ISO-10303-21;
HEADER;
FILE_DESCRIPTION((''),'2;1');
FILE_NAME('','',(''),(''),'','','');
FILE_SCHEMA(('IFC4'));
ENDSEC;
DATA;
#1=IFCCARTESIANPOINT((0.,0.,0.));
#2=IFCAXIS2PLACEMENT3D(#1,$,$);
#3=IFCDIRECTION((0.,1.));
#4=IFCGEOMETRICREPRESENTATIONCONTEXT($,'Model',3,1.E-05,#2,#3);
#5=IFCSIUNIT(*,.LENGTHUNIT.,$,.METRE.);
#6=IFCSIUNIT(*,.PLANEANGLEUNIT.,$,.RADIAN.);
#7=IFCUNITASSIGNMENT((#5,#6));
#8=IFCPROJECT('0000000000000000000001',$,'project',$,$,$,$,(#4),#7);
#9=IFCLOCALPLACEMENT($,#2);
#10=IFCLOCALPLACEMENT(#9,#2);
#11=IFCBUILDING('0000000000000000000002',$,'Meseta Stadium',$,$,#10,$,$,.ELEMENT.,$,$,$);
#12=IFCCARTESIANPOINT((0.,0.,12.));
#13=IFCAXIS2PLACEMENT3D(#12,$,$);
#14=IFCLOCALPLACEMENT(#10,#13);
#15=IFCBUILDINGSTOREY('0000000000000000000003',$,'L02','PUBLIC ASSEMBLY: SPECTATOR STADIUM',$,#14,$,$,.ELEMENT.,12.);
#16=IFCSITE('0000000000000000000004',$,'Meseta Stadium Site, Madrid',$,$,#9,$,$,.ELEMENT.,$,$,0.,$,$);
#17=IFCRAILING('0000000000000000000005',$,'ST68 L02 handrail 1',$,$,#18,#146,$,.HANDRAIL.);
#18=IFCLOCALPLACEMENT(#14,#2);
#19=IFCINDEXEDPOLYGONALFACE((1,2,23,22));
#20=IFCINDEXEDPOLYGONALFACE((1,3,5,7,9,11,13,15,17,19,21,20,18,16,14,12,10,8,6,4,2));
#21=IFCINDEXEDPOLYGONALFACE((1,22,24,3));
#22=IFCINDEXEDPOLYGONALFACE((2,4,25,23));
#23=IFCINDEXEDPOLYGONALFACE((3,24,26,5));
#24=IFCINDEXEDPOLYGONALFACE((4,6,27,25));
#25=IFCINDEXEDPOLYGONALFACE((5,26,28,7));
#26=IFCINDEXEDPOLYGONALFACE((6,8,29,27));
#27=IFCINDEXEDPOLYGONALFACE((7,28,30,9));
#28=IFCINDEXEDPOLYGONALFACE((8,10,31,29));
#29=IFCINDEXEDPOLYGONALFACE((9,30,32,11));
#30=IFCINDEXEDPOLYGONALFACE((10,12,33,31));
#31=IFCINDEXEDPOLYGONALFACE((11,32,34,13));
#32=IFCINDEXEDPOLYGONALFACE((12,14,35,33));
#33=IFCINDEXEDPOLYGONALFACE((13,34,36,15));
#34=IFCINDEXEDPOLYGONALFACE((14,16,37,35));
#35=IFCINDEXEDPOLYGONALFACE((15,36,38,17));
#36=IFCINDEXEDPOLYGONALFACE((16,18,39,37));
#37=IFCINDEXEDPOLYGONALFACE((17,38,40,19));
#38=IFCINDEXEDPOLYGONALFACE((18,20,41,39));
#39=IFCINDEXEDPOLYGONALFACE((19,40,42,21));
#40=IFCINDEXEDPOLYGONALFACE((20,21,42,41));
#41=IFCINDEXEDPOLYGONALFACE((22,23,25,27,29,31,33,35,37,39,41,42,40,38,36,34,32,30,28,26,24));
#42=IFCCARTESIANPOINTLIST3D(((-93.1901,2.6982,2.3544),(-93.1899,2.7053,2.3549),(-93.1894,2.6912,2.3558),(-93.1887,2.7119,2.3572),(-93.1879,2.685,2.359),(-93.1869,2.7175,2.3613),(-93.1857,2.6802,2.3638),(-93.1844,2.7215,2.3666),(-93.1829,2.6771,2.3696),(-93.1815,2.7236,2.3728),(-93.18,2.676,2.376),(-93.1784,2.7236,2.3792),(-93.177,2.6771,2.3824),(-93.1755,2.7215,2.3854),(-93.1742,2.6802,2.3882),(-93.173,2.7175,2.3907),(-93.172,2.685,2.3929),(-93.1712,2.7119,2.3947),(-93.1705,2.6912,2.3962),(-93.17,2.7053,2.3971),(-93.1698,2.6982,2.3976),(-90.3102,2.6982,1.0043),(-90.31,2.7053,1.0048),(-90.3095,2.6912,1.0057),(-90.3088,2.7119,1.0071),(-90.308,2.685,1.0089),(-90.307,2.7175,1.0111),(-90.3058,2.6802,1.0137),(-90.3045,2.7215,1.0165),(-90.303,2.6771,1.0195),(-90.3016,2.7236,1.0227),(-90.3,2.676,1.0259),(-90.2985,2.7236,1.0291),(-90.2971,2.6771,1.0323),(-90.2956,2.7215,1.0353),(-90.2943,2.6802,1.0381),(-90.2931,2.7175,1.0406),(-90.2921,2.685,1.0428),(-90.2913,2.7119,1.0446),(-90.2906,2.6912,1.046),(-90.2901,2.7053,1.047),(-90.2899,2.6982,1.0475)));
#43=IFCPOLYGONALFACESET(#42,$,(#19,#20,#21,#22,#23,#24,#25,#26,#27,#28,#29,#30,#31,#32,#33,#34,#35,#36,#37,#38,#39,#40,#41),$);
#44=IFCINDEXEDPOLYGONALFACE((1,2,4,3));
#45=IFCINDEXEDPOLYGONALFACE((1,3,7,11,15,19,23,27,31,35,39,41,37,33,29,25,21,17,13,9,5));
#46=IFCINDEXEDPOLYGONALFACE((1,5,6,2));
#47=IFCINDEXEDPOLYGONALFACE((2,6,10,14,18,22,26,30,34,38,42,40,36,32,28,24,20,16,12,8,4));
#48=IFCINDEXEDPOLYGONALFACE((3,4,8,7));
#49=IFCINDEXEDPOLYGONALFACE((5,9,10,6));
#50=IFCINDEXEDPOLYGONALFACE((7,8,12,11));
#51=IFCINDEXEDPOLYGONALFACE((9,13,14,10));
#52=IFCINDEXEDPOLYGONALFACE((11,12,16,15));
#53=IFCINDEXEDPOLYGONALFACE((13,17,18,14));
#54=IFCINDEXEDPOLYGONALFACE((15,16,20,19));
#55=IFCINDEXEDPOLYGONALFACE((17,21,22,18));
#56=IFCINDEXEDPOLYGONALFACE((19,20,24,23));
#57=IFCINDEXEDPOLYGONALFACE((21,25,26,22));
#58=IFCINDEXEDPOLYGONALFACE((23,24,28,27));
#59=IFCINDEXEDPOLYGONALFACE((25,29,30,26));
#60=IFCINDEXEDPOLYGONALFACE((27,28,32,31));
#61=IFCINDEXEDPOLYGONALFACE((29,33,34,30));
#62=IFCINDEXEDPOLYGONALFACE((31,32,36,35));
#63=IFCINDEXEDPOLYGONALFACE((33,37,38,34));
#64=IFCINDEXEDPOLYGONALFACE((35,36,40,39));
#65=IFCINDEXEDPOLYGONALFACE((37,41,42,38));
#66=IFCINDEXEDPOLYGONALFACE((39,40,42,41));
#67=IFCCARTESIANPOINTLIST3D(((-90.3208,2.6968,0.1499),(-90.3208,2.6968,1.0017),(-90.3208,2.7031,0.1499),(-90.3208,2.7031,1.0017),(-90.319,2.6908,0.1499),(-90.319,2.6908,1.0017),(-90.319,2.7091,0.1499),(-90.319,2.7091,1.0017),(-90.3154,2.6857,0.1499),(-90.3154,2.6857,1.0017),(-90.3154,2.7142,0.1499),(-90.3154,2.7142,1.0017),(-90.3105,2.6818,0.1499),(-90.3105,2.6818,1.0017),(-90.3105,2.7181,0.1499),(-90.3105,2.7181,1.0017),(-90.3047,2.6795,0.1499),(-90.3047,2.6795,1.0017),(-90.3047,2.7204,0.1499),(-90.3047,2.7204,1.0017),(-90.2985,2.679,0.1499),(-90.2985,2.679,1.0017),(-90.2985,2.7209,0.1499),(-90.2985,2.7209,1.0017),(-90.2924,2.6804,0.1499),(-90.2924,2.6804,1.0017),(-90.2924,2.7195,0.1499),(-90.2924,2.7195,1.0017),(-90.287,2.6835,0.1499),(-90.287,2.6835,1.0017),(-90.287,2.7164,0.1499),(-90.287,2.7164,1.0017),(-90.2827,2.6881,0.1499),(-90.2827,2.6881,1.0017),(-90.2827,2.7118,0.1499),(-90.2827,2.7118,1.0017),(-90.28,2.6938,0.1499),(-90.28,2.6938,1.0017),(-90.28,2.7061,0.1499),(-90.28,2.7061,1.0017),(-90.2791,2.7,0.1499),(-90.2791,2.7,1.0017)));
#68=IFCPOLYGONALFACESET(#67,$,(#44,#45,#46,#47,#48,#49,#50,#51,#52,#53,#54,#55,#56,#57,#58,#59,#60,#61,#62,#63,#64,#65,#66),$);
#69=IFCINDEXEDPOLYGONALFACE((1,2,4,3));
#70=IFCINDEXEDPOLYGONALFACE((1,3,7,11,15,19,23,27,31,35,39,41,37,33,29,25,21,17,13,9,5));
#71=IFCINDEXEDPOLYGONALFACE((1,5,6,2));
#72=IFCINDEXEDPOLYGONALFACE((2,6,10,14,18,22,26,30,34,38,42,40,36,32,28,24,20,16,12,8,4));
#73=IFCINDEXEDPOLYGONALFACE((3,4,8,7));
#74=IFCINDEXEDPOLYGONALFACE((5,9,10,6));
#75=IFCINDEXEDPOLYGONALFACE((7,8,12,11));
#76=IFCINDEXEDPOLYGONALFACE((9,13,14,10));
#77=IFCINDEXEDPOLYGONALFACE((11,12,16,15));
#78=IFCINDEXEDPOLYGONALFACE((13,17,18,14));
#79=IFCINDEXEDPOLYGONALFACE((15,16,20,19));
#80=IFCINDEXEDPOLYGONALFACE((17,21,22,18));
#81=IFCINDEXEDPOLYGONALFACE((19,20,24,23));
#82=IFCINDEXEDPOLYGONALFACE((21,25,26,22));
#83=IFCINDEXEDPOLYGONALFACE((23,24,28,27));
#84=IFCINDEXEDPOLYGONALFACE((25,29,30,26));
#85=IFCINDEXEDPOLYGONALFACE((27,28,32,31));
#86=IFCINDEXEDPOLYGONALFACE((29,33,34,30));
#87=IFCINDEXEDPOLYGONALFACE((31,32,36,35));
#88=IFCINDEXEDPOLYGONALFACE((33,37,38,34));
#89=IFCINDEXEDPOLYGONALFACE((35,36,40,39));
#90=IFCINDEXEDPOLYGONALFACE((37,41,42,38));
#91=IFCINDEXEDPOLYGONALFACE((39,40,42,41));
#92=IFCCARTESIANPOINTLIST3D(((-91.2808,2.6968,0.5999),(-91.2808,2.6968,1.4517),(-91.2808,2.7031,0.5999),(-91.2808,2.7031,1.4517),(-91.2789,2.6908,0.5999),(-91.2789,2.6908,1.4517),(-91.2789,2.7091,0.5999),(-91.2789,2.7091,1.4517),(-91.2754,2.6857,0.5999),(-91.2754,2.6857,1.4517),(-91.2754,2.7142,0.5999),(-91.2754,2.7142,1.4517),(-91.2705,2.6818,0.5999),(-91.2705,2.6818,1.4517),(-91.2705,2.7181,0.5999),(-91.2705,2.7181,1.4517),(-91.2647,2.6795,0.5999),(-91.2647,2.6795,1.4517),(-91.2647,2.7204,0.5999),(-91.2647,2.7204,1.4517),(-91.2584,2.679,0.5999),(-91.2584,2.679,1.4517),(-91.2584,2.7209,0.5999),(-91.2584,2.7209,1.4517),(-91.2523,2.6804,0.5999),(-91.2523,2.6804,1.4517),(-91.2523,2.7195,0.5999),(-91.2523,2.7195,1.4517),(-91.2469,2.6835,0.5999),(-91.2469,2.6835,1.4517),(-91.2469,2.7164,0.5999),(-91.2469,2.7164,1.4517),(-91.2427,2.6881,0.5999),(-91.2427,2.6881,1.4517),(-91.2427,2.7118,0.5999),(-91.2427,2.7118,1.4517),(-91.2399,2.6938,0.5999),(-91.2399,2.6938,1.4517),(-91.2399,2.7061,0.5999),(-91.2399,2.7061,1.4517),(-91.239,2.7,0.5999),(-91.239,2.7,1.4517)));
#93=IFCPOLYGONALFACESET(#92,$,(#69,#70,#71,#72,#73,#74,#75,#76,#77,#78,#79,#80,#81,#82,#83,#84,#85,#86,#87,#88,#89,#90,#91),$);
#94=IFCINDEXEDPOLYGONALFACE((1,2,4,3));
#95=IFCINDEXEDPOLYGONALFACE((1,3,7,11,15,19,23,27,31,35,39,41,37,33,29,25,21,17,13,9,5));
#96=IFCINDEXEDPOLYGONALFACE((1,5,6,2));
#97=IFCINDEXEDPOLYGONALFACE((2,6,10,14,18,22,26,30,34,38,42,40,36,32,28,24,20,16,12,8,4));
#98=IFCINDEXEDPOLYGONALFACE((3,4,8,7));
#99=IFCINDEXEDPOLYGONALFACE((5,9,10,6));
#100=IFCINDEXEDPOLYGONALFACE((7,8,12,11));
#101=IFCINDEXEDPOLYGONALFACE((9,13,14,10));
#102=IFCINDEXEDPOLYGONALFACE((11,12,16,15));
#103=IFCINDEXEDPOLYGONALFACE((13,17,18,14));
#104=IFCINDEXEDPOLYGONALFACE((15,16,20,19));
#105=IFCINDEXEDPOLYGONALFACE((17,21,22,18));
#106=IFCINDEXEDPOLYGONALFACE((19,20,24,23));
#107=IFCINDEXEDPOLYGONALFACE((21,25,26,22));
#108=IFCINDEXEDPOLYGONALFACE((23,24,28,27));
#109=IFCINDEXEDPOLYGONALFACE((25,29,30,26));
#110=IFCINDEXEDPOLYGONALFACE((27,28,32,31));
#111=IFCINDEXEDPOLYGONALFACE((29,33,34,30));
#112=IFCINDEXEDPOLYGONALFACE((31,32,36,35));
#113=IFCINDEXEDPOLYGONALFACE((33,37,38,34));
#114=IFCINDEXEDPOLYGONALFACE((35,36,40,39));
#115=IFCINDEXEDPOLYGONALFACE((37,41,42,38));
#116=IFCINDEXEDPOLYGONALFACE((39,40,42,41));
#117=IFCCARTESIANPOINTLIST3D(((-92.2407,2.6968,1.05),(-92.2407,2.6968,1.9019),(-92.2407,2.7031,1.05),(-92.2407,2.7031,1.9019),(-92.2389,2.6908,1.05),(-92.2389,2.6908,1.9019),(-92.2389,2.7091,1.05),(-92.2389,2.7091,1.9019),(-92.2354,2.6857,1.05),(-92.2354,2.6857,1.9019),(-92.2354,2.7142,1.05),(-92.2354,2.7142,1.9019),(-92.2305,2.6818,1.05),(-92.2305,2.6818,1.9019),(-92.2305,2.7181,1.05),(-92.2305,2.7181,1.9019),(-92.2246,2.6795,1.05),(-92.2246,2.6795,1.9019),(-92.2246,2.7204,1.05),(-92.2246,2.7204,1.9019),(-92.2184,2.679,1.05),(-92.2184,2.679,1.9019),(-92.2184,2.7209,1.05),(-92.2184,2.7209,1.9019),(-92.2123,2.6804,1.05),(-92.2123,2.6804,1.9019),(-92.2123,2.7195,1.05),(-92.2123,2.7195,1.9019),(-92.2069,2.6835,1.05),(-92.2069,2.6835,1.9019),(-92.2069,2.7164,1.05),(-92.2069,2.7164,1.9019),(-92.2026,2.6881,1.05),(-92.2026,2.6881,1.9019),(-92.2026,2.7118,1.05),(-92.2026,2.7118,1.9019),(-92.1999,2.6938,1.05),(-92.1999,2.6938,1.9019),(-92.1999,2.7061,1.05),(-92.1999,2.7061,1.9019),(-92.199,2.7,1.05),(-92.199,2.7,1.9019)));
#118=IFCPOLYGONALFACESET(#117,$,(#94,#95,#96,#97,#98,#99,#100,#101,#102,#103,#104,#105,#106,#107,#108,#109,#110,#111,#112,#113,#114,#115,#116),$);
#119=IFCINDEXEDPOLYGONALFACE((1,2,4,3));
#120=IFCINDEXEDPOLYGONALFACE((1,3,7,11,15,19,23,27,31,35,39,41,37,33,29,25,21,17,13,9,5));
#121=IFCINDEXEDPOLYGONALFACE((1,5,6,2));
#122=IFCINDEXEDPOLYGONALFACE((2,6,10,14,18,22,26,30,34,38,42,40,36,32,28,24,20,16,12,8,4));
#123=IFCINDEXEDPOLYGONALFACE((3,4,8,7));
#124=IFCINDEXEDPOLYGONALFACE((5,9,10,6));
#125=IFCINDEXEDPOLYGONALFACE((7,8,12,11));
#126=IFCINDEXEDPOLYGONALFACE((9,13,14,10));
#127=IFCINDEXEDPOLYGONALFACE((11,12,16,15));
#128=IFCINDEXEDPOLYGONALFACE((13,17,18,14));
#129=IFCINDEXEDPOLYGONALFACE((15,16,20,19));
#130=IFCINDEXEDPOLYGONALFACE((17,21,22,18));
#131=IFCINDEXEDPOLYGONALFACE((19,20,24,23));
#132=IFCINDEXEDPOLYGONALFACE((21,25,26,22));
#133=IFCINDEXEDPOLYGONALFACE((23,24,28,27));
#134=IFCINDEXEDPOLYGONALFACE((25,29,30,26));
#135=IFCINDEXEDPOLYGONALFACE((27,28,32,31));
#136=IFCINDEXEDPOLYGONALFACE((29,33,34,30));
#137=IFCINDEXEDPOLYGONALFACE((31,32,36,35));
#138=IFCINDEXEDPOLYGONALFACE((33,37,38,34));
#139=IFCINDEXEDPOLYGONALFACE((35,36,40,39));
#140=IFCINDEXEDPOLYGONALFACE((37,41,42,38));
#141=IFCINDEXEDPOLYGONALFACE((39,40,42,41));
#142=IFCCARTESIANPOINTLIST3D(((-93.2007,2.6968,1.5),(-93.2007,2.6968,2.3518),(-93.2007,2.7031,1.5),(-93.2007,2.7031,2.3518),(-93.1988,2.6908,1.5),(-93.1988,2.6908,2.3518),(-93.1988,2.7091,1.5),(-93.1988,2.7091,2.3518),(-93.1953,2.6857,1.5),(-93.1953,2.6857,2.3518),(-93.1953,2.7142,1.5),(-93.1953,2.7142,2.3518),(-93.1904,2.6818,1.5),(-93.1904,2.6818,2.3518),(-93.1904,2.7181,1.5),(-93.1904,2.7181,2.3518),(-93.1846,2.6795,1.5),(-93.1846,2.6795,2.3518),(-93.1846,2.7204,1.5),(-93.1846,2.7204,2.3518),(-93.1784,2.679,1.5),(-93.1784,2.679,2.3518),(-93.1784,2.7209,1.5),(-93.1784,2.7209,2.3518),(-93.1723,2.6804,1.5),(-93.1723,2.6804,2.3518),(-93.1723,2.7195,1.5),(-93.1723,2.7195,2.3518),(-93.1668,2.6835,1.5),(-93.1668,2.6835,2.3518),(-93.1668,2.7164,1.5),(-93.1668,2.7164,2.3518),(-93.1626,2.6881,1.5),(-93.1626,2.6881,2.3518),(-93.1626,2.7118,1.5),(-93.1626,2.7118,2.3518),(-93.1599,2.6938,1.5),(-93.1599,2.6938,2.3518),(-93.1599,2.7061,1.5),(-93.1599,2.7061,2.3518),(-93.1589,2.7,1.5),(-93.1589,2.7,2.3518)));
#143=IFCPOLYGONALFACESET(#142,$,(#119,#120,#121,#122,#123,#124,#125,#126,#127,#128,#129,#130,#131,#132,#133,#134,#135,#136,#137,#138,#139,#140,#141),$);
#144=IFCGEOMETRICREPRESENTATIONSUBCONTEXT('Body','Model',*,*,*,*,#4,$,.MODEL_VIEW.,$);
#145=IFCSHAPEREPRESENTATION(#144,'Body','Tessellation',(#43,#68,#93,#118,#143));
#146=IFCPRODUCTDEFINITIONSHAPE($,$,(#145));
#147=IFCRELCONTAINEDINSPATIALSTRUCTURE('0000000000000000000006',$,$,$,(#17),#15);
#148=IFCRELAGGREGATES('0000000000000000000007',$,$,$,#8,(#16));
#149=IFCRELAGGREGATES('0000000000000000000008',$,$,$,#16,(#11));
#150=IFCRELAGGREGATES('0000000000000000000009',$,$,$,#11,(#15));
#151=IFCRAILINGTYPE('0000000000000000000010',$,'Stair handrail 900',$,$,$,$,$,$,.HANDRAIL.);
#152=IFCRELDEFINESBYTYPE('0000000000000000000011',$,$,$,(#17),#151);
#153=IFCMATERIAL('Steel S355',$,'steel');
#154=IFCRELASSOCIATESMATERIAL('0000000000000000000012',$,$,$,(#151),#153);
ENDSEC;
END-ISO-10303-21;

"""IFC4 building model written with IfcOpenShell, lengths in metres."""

from ifc_helpers import new_model, si_unit, direction, frame, origin, origin_2d, place, context, subcontext, project, spatial, circle, extrude, material, type_object, element, save


model = new_model("IFC4")

# Units and contexts
model_context = context("Model", 3, precision=1e-05, world=origin(), true_north=direction((0.0, 1.0)))
body_context = subcontext(model_context, "Body", "Model", "MODEL_VIEW")
ifc_project = project(units=[si_unit("LENGTHUNIT", "METRE"), si_unit("PLANEANGLEUNIT", "RADIAN")], contexts=[model_context])

# Site, building, storey
site_placement = place(None, origin())
site = spatial("IfcSite", under=ifc_project, at=site_placement, Name="Meseta Stadium Site, Madrid", CompositionType="ELEMENT", RefElevation=0.0)
building_placement = place(site_placement, origin())
building = spatial("IfcBuilding", under=site, at=building_placement, Name="Meseta Stadium", CompositionType="ELEMENT")
storey_placement = place(building_placement, frame((0.0, 0.0, 12.0)))
storey = spatial("IfcBuildingStorey", under=building, at=storey_placement, Name="L02", Description="PUBLIC ASSEMBLY: SPECTATOR STADIUM", CompositionType="ELEMENT", Elevation=12.0)

# Railing
ifc_material_1 = material(Name="Steel S355", Category="steel")
railing_type_1 = type_object("IfcRailingType", Name="Stair handrail 900", PredefinedType="HANDRAIL", material=ifc_material_1)
for number, where, name in (
    (1, (-90.3, 2.7, 0.1499), "ST68 L02 handrail 1"),
):
    element("IfcRailing", number, at=place(storey_placement, frame(where)), inside=storey, type_object=railing_type_1, Name=name, PredefinedType="HANDRAIL", context=body_context, shape_type="SweptSolid", body=[
        extrude(circle(Radius=0.0239, at=origin_2d()), frame((0.0, 0.0, 0.876), z_axis=(-0.90544, 0.0, 0.424473), x_axis=(0.0, -1.0, 0.0)), (0.0, 0.0, 1.0), 3.1807),
        extrude(circle(Radius=0.021, at=origin_2d()), origin(), (0.0, 0.0, 1.0), 0.8518),
        extrude(circle(Radius=0.021, at=origin_2d()), frame((-0.96, 0.0, 0.45)), (0.0, 0.0, 1.0), 0.8518),
        extrude(circle(Radius=0.021, at=origin_2d()), frame((-1.9199, 0.0, 0.9001)), (0.0, 0.0, 1.0), 0.8518),
        extrude(circle(Radius=0.021, at=origin_2d()), frame((-2.8799, 0.0, 1.3501)), (0.0, 0.0, 1.0), 0.8518),
    ])

save(model, "model.ifc")
